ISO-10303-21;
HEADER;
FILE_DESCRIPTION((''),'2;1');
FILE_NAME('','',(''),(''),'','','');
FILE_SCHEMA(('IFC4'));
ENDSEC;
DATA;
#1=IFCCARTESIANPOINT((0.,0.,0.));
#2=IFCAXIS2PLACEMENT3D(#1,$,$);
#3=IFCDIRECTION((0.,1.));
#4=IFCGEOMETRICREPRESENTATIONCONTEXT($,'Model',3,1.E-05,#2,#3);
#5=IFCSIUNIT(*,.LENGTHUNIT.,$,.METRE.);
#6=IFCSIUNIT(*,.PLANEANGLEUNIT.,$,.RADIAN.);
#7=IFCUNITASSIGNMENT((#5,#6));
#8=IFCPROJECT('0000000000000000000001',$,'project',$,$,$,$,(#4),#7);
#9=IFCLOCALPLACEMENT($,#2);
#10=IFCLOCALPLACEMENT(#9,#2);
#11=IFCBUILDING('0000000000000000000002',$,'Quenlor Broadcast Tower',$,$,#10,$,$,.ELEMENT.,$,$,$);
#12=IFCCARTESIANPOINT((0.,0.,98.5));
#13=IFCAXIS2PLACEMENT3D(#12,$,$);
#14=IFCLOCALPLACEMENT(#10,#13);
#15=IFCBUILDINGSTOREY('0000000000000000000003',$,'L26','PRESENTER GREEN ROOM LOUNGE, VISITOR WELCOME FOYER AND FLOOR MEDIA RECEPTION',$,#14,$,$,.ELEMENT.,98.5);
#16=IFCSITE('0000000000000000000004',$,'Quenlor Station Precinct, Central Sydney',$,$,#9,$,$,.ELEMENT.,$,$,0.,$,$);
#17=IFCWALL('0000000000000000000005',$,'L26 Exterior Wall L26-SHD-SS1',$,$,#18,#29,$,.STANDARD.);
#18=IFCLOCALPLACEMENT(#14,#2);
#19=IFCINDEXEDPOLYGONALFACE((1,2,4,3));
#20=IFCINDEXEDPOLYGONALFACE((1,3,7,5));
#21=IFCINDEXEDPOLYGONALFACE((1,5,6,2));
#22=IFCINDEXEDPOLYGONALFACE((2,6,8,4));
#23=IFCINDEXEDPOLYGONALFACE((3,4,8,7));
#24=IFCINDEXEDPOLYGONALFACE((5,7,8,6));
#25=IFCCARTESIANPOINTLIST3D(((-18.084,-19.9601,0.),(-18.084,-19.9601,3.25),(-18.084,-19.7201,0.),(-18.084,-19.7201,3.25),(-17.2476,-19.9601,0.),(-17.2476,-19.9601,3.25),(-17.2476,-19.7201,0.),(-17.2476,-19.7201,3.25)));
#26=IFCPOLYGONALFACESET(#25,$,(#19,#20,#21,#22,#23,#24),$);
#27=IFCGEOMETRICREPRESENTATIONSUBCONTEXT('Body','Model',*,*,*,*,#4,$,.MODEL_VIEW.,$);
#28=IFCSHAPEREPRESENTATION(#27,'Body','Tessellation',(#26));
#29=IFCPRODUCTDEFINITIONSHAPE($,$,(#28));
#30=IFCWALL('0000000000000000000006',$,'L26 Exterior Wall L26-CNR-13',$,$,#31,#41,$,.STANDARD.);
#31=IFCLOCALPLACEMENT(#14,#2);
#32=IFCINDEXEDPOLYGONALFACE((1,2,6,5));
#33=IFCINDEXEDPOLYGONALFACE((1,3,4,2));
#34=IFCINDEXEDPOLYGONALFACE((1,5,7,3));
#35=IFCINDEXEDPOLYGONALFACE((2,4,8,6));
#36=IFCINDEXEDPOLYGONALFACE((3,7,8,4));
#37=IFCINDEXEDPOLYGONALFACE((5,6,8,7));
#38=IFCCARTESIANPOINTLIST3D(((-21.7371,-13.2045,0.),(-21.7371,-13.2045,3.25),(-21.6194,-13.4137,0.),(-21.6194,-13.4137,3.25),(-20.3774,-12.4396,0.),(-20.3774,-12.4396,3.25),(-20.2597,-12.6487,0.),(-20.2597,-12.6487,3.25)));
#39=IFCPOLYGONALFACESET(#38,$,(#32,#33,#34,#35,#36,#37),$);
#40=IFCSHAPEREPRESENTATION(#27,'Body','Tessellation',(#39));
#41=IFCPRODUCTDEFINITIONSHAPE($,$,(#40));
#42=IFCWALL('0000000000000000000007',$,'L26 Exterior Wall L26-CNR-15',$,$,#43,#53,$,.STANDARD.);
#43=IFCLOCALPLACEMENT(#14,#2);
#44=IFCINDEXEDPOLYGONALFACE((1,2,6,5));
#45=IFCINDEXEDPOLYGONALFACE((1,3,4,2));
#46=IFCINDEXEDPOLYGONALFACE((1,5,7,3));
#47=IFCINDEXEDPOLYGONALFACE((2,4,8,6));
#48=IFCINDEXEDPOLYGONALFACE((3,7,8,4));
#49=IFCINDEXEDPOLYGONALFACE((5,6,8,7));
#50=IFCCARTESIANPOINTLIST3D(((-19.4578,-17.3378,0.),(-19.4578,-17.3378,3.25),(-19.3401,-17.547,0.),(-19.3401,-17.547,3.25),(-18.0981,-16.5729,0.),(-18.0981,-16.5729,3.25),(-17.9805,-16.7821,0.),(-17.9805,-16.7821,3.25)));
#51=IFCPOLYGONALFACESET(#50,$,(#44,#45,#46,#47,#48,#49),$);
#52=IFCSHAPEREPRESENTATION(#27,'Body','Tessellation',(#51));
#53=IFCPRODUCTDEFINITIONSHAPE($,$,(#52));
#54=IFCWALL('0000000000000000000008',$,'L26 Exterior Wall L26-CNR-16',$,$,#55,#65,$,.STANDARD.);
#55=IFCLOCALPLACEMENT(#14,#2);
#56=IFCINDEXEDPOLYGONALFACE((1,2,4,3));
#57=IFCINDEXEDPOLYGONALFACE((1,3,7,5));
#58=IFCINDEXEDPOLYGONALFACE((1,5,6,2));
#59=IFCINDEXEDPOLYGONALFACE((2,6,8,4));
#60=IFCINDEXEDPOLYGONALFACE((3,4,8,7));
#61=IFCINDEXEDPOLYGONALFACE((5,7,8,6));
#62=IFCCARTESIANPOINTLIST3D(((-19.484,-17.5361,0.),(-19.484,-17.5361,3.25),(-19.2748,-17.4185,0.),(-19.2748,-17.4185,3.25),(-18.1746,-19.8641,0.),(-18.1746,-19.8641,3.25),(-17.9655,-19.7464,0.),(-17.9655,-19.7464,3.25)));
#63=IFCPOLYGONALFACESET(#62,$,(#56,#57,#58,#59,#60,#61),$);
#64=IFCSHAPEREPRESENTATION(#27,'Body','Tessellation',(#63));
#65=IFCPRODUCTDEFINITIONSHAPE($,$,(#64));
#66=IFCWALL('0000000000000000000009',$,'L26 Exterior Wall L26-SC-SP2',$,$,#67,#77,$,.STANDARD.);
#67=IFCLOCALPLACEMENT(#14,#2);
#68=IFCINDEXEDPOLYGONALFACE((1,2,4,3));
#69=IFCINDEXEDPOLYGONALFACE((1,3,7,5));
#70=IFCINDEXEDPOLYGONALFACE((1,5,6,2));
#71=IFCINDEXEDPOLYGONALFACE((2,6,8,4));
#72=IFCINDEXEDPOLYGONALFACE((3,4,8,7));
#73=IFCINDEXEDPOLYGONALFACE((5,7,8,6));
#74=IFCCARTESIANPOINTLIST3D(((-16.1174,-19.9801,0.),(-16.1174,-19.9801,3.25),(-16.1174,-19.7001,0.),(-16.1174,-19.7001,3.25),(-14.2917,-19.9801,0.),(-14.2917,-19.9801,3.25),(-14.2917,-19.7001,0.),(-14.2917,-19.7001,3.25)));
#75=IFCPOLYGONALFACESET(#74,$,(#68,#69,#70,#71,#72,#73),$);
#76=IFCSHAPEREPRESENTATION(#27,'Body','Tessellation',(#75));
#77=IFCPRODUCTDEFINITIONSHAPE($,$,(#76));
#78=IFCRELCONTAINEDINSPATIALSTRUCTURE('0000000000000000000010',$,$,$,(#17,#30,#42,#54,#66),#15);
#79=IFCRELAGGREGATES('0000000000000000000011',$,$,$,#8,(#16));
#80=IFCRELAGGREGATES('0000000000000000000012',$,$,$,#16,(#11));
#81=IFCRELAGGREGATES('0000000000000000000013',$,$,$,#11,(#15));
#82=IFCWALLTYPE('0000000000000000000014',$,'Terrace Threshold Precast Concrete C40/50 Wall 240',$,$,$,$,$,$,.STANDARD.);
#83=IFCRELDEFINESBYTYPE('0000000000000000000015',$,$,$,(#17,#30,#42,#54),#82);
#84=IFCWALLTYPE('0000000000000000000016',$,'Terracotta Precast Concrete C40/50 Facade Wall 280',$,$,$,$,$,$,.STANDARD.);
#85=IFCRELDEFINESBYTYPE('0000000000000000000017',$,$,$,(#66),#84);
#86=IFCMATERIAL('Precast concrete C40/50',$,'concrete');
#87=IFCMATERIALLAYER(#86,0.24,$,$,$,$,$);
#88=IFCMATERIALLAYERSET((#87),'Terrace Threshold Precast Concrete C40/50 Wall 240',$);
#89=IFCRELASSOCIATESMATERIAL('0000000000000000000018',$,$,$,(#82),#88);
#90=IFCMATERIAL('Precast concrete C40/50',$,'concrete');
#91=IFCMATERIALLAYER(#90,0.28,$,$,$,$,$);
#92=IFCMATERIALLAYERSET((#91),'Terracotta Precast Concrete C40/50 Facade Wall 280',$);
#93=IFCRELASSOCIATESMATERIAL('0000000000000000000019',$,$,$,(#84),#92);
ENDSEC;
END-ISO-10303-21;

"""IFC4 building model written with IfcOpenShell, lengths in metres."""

from ifc_helpers import new_model, si_unit, direction, frame, frame_2d, origin, place, context, subcontext, project, spatial, rectangle, extrude, material, layer, layer_set, type_object, element, save


model = new_model("IFC4")

# Units and contexts
model_context = context("Model", 3, precision=1e-05, world=origin(), true_north=direction((0.0, 1.0)))
body_context = subcontext(model_context, "Body", "Model", "MODEL_VIEW")
ifc_project = project(units=[si_unit("LENGTHUNIT", "METRE"), si_unit("PLANEANGLEUNIT", "RADIAN")], contexts=[model_context])

# Site, building, storey
site_placement = place(None, origin())
site = spatial("IfcSite", under=ifc_project, at=site_placement, Name="Quenlor Station Precinct, Central Sydney", CompositionType="ELEMENT", RefElevation=0.0)
building_placement = place(site_placement, origin())
building = spatial("IfcBuilding", under=site, at=building_placement, Name="Quenlor Broadcast Tower", CompositionType="ELEMENT")
storey_placement = place(building_placement, frame((0.0, 0.0, 98.5)))
storey = spatial("IfcBuildingStorey", under=building, at=storey_placement, Name="L26", Description="PRESENTER GREEN ROOM LOUNGE, VISITOR WELCOME FOYER AND FLOOR MEDIA RECEPTION", CompositionType="ELEMENT", Elevation=98.5)

# Walls
ifc_material_1 = material(Name="Precast concrete C40/50", Category="concrete")
ifc_layer_1 = layer(ifc_material_1, 0.24)
ifc_layer_set_1 = layer_set([ifc_layer_1], Name="Terrace Threshold Precast Concrete C40/50 Wall 240")
wall_type_1 = type_object("IfcWallType", Name="Terrace Threshold Precast Concrete C40/50 Wall 240", PredefinedType="STANDARD", material=ifc_layer_set_1)
wall_1_placement = place(storey_placement, frame((-17.2476, -19.8401, 0.0), z_axis=(0.0, 0.0, 1.0), x_axis=(-1.0, 0.0, 0.0)))
element("IfcWall", 1, at=wall_1_placement, inside=storey, type_object=wall_type_1, Name="L26 Exterior Wall L26-SHD-SS1", PredefinedType="STANDARD", context=body_context, shape_type="SweptSolid", body=[
    extrude(rectangle(XDim=0.8364, YDim=0.24, at=frame_2d((0.4182, 0.0))), origin(), (0.0, 0.0, 1.0), 3.25),
])
for number, where, z_axis, x_axis, name in (
    (2, (-21.6782, -13.3091, 0.0), (0.0, 0.0, 1.0), (0.871546, 0.490313, 0.0), "L26 Exterior Wall L26-CNR-13"),
    (3, (-18.0393, -16.6775, 0.0), (0.0, 0.0, 1.0), (-0.871546, -0.490313, 0.0), "L26 Exterior Wall L26-CNR-15"),
):
    element("IfcWall", number, at=place(storey_placement, frame(where, z_axis=z_axis, x_axis=x_axis)), inside=storey, type_object=wall_type_1, Name=name, PredefinedType="STANDARD", context=body_context, shape_type="SweptSolid", body=[
        extrude(rectangle(XDim=1.5601, YDim=0.24, at=frame_2d((0.78, 0.0))), origin(), (0.0, 0.0, 1.0), 3.25),
    ])
wall_2_placement = place(storey_placement, frame((-19.3794, -17.4773, 0.0), z_axis=(0.0, 0.0, 1.0), x_axis=(0.490231, -0.871593, 0.0)))
element("IfcWall", 4, at=wall_2_placement, inside=storey, type_object=wall_type_1, Name="L26 Exterior Wall L26-CNR-16", PredefinedType="STANDARD", context=body_context, shape_type="SweptSolid", body=[
    extrude(rectangle(XDim=2.6709, YDim=0.24, at=frame_2d((1.3354, 0.0))), origin(), (0.0, 0.0, 1.0), 3.25),
])
ifc_material_2 = material(Name="Precast concrete C40/50", Category="concrete")
ifc_layer_2 = layer(ifc_material_2, 0.28)
ifc_layer_set_2 = layer_set([ifc_layer_2], Name="Terracotta Precast Concrete C40/50 Facade Wall 280")
wall_type_2 = type_object("IfcWallType", Name="Terracotta Precast Concrete C40/50 Facade Wall 280", PredefinedType="STANDARD", material=ifc_layer_set_2)
wall_3_placement = place(storey_placement, frame((-14.2917, -19.8401, 0.0), z_axis=(0.0, 0.0, 1.0), x_axis=(-1.0, 0.0, 0.0)))
element("IfcWall", 5, at=wall_3_placement, inside=storey, type_object=wall_type_2, Name="L26 Exterior Wall L26-SC-SP2", PredefinedType="STANDARD", context=body_context, shape_type="SweptSolid", body=[
    extrude(rectangle(XDim=1.8257, YDim=0.28, at=frame_2d((0.9128, 0.0))), origin(), (0.0, 0.0, 1.0), 3.25),
])

save(model, "model.ifc")
